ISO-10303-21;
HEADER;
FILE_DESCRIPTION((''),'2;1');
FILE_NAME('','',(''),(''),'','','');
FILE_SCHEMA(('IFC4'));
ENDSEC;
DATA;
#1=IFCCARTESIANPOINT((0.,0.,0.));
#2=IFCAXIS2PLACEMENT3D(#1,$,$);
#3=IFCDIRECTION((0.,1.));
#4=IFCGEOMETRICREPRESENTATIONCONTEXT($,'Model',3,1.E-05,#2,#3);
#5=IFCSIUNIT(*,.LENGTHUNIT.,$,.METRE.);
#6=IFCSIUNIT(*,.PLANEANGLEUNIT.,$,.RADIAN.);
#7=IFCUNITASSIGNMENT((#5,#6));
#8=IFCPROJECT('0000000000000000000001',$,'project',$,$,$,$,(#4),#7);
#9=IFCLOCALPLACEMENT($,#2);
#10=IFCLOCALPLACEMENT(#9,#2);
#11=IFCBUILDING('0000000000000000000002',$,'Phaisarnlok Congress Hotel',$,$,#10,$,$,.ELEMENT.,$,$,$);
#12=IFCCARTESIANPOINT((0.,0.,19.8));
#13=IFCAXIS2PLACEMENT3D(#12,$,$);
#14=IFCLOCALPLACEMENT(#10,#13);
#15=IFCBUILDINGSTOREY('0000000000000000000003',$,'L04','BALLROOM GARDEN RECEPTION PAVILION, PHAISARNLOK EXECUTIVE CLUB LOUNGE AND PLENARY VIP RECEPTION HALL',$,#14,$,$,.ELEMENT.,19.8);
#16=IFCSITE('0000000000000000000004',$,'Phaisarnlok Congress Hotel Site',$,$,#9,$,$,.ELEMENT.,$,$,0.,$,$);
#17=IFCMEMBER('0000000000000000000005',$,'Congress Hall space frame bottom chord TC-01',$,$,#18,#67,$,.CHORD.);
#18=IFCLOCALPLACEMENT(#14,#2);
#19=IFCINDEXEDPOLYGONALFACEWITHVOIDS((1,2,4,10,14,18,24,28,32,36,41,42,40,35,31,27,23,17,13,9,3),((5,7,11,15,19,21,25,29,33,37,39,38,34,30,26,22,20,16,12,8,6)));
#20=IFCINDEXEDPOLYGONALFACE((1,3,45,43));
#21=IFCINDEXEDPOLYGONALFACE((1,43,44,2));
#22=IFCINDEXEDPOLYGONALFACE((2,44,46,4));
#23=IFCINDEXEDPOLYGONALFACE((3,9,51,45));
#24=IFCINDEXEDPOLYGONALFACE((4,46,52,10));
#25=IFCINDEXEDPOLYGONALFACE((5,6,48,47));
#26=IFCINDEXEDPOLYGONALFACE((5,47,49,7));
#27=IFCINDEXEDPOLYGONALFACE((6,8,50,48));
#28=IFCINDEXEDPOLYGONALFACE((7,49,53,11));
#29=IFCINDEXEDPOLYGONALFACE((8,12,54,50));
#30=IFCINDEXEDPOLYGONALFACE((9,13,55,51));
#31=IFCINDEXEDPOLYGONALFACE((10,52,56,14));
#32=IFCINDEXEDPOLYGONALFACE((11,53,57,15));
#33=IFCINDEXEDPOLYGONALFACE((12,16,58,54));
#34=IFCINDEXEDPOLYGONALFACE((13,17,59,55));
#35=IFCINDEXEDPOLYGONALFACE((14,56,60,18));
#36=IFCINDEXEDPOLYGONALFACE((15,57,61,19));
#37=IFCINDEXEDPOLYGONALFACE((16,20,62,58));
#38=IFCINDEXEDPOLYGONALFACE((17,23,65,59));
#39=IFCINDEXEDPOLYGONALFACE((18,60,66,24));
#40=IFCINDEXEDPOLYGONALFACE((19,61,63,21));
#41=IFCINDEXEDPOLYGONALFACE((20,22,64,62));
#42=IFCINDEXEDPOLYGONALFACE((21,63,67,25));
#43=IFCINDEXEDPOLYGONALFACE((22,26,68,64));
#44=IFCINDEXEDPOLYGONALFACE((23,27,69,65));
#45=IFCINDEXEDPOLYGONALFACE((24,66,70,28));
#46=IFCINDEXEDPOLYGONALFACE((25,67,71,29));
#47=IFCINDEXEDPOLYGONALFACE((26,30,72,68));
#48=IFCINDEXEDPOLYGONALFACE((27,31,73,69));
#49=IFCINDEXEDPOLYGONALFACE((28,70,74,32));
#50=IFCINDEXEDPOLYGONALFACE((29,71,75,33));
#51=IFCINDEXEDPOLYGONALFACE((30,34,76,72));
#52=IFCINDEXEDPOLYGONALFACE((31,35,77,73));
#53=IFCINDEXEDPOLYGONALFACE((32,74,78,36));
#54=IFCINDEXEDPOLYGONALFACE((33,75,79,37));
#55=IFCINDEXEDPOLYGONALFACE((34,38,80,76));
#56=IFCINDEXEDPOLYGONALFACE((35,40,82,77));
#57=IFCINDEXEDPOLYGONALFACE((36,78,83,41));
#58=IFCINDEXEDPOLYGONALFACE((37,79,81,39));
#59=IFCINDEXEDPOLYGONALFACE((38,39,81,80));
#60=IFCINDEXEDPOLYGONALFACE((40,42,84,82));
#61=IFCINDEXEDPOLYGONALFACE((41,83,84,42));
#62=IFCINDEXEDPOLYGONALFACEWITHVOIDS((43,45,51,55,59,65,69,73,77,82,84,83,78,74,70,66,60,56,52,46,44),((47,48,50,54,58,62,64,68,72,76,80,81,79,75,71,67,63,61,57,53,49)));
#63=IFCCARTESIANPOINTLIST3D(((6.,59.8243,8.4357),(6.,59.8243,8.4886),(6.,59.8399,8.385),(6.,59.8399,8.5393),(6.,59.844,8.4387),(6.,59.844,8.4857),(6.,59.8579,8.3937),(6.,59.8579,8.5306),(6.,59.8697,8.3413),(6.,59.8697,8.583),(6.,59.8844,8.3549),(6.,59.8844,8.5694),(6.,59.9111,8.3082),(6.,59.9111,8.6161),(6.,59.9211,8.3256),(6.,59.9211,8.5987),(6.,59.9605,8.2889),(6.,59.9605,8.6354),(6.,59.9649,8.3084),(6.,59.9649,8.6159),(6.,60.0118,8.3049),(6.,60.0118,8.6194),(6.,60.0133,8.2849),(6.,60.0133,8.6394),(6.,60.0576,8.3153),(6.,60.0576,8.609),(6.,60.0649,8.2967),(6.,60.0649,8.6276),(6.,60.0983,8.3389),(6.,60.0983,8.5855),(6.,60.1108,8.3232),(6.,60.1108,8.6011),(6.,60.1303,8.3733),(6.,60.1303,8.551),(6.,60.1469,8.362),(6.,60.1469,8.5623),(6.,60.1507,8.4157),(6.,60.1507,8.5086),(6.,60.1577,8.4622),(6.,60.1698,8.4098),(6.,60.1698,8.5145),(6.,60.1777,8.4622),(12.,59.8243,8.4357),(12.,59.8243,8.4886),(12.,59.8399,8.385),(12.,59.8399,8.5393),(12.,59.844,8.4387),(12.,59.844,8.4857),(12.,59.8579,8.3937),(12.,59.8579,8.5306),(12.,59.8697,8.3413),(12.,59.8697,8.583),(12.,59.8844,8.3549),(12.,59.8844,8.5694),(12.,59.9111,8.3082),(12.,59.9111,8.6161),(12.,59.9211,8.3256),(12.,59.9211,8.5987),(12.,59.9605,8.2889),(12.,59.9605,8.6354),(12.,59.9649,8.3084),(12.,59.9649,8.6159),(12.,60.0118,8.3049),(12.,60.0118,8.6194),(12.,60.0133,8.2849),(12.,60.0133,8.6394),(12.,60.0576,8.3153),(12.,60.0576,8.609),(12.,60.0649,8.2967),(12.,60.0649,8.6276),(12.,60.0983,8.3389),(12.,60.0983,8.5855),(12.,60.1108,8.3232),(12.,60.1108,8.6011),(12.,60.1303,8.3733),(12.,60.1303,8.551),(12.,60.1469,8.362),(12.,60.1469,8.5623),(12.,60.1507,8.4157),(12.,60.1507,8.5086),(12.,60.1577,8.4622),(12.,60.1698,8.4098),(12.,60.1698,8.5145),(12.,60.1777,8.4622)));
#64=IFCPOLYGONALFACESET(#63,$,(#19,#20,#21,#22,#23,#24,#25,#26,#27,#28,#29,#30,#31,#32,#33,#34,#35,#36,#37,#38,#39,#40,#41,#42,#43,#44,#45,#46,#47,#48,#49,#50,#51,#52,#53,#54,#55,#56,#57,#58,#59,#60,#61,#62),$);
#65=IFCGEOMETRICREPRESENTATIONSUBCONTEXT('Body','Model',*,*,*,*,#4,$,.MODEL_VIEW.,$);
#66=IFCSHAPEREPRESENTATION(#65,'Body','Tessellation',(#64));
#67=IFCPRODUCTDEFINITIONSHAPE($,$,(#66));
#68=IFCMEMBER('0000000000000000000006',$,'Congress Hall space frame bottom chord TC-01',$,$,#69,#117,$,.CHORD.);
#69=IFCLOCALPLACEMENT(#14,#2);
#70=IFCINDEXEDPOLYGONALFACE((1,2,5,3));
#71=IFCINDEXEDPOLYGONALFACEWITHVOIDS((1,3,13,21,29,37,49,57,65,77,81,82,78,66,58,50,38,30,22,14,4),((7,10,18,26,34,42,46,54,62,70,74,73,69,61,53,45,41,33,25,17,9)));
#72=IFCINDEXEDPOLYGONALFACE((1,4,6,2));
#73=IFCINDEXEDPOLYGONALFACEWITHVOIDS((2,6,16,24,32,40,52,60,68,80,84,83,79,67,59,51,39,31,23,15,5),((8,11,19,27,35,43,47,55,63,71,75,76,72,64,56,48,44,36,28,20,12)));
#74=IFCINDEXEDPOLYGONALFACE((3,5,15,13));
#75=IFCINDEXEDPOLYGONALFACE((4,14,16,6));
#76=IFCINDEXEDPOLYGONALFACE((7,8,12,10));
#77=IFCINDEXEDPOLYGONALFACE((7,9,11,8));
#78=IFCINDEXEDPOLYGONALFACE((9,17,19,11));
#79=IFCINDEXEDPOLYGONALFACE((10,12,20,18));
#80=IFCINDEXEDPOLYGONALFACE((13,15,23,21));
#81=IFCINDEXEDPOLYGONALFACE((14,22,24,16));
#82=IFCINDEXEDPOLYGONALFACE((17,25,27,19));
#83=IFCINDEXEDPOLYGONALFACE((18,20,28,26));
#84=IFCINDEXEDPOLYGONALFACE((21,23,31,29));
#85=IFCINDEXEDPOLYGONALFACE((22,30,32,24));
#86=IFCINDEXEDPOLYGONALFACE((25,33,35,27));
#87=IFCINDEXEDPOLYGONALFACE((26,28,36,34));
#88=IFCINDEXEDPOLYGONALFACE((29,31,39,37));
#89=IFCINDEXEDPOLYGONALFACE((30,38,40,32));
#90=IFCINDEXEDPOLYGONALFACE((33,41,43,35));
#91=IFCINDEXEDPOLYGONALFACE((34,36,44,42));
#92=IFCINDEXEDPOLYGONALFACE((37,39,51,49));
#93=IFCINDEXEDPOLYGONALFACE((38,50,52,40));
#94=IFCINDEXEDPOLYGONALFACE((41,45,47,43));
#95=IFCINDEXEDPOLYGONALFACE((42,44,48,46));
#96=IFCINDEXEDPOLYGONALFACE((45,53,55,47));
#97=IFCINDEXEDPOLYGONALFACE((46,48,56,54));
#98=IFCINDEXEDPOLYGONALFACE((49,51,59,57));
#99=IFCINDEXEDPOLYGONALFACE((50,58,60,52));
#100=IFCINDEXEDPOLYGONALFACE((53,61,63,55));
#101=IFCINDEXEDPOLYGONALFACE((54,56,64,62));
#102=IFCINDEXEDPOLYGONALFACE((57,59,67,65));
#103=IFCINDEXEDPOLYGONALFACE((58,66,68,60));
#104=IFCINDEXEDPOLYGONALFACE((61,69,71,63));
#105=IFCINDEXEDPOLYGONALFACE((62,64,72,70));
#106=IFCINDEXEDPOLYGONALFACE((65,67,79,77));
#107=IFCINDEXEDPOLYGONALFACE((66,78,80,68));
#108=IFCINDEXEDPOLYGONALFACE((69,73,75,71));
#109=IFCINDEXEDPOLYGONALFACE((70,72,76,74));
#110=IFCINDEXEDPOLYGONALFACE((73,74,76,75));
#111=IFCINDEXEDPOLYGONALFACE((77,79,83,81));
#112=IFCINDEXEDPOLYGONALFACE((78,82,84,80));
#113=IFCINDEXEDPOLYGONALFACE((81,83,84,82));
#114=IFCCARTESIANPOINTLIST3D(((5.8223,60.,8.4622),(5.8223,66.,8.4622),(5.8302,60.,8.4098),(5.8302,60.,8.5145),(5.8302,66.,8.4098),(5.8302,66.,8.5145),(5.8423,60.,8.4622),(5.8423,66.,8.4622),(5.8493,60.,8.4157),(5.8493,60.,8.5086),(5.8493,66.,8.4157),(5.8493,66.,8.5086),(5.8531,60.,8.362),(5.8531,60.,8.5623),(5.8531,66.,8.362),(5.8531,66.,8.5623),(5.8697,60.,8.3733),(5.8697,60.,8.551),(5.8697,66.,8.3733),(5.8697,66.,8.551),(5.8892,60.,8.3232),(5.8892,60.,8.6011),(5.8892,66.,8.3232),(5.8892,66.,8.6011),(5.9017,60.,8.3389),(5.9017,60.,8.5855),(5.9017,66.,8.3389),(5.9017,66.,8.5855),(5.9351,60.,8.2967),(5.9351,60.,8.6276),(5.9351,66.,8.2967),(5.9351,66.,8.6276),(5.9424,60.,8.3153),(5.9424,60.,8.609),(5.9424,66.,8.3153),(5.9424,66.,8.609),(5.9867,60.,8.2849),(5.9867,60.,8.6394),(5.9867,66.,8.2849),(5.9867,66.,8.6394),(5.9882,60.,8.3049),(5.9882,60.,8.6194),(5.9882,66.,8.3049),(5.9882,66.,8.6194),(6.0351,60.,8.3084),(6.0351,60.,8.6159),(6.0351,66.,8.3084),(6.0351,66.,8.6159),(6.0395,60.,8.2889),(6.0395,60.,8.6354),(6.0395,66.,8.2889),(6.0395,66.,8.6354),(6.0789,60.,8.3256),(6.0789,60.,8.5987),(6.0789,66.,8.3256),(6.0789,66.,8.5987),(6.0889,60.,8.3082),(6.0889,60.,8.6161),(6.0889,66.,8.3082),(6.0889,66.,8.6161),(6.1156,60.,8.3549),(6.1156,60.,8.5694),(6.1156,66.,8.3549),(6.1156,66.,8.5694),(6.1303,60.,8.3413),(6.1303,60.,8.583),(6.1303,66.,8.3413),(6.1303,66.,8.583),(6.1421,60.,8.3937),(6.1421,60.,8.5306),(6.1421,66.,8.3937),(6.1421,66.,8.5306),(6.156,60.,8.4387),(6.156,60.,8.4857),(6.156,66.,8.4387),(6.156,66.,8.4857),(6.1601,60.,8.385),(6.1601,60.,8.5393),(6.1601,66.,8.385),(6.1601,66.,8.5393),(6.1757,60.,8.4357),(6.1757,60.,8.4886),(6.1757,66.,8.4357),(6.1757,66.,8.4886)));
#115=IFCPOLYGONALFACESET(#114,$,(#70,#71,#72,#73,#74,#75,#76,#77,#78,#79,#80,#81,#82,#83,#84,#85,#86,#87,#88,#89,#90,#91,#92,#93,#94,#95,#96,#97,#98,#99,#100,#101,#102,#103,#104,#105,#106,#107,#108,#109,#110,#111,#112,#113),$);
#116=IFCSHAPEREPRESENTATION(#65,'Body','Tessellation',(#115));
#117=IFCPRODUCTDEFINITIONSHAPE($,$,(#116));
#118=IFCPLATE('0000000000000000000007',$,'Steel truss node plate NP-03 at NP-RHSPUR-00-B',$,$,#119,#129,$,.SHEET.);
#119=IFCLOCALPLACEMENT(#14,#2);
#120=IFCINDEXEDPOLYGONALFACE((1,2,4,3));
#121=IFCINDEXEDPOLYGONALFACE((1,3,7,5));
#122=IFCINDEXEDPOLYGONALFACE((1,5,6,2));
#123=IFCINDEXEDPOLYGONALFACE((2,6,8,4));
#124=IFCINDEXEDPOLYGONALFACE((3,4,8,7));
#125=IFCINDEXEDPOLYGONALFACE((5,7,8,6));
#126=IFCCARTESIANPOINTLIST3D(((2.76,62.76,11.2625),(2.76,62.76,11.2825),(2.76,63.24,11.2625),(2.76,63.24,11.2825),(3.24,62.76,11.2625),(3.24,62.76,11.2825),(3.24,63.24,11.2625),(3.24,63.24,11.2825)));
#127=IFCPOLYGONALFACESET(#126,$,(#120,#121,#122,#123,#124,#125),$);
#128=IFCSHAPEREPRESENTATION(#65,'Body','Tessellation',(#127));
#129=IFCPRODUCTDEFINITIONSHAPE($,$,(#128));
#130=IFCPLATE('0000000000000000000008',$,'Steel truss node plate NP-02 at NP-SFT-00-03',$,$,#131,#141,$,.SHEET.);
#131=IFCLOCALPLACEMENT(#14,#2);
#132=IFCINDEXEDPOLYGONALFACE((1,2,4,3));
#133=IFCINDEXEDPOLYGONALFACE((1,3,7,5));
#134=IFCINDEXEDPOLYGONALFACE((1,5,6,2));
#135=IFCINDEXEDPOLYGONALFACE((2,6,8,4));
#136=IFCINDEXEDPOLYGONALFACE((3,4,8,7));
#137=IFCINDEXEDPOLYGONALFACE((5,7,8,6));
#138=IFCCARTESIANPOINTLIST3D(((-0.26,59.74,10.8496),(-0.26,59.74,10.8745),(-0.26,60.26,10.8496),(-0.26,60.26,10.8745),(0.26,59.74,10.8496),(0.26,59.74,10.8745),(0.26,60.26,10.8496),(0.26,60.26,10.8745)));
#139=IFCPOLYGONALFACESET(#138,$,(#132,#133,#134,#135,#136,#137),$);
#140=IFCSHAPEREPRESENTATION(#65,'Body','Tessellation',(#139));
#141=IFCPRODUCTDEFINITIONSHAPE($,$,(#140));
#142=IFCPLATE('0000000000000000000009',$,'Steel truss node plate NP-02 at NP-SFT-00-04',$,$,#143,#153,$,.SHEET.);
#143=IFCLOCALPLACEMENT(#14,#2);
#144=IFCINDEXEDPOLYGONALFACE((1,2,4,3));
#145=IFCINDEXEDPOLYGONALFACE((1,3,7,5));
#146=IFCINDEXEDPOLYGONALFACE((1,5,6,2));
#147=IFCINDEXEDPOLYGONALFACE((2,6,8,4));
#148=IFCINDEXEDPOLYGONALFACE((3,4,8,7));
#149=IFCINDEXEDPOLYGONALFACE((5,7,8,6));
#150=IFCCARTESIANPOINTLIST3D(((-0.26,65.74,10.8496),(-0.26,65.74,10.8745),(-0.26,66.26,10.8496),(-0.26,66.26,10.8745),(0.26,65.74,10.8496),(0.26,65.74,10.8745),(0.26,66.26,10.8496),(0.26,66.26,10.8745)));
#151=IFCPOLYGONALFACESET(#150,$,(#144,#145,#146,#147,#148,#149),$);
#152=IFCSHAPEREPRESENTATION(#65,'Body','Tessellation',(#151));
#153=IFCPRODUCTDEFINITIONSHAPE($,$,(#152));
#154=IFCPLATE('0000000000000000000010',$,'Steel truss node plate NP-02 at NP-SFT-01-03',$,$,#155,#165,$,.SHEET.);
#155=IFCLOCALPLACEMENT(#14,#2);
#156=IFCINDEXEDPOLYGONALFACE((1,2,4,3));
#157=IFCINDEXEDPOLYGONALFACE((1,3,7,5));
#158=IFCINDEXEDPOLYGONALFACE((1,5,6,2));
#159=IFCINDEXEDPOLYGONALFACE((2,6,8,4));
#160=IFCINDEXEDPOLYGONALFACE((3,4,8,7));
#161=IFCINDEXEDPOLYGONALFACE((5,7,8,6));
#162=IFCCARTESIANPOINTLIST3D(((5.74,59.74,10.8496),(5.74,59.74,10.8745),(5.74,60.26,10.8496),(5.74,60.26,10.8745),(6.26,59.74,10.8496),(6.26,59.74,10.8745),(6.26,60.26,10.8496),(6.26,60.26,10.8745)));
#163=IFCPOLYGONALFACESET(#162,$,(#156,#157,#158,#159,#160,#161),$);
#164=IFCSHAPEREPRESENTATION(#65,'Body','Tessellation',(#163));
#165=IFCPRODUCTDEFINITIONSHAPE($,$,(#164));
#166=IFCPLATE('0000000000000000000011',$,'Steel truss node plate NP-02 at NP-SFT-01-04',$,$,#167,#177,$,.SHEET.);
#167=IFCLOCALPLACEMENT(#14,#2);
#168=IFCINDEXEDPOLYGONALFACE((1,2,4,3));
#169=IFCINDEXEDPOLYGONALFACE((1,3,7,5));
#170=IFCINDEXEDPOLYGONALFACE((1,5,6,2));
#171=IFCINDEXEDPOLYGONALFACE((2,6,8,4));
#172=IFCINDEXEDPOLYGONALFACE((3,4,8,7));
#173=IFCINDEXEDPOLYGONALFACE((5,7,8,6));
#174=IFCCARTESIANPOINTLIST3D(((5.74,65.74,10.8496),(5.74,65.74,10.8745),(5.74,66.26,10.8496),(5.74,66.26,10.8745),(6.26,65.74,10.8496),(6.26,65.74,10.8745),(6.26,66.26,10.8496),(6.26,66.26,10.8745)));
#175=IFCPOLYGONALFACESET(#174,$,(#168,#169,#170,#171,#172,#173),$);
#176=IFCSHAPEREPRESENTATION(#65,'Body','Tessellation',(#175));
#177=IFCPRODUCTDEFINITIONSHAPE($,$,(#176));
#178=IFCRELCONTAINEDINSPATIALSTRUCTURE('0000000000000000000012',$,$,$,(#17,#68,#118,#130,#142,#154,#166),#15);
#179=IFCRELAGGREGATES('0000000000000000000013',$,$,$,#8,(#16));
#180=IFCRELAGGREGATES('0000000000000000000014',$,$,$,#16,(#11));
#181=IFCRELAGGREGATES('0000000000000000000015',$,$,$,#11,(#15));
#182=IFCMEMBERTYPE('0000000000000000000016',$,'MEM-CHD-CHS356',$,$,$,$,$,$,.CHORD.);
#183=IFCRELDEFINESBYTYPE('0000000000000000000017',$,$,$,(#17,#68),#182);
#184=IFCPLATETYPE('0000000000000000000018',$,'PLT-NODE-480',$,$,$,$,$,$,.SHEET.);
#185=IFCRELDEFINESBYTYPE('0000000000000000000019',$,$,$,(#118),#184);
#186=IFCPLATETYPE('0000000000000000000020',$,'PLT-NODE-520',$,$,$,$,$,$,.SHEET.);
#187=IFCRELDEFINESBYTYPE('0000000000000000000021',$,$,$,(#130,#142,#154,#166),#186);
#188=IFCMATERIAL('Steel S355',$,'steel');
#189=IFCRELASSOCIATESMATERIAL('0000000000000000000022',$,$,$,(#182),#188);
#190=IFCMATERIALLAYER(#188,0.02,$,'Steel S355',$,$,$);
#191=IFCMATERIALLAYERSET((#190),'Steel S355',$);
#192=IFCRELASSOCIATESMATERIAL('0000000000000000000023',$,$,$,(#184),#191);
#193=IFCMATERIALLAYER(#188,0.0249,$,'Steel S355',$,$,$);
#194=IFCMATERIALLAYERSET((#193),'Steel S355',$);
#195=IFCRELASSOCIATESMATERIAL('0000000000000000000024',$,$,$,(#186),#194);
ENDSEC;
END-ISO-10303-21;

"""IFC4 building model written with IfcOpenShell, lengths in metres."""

from ifc_helpers import new_model, si_unit, direction, frame, origin, origin_2d, place, context, subcontext, project, spatial, rectangle, hollow_circle, extrude, material, layer, layer_set, material_profile, profile_set, type_object, element, save


model = new_model("IFC4")

# Units and contexts
model_context = context("Model", 3, precision=1e-05, world=origin(), true_north=direction((0.0, 1.0)))
body_context = subcontext(model_context, "Body", "Model", "MODEL_VIEW")
ifc_project = project(units=[si_unit("LENGTHUNIT", "METRE"), si_unit("PLANEANGLEUNIT", "RADIAN")], contexts=[model_context])

# Site, building, storey
site_placement = place(None, origin())
site = spatial("IfcSite", under=ifc_project, at=site_placement, Name="Phaisarnlok Congress Hotel Site", CompositionType="ELEMENT", RefElevation=0.0)
building_placement = place(site_placement, origin())
building = spatial("IfcBuilding", under=site, at=building_placement, Name="Phaisarnlok Congress Hotel", CompositionType="ELEMENT")
storey_placement = place(building_placement, frame((0.0, 0.0, 19.8)))
storey = spatial("IfcBuildingStorey", under=building, at=storey_placement, Name="L04", Description="BALLROOM GARDEN RECEPTION PAVILION, PHAISARNLOK EXECUTIVE CLUB LOUNGE AND PLENARY VIP RECEPTION HALL", CompositionType="ELEMENT", Elevation=19.8)

# Members
ifc_material = material(Name="Steel S355", Category="steel")
ifc_material_profile_1 = material_profile(ifc_material, hollow_circle(Radius=0.1777, WallThickness=0.02, at=origin_2d()), Name="CHS 355.6x20")
ifc_profile_set_1 = profile_set([ifc_material_profile_1], Name="Steel S355")
member_type_1 = type_object("IfcMemberType", Name="MEM-CHD-CHS356", PredefinedType="CHORD", material=ifc_profile_set_1)
for number, where, z_axis, x_axis, name in (
    (1, (6.0, 60.0, 8.4622), (1.0, 0.0, 0.0), (0.0, 1.0, 0.0), "Congress Hall space frame bottom chord TC-01"),
    (2, (6.0, 60.0, 8.4622), (0.0, 1.0, 0.0), (-1.0, 0.0, 0.0), "Congress Hall space frame bottom chord TC-01"),
):
    element("IfcMember", number, at=place(storey_placement, frame(where, z_axis=z_axis, x_axis=x_axis)), inside=storey, type_object=member_type_1, Name=name, PredefinedType="CHORD", context=body_context, shape_type="SweptSolid", body=[
        extrude(hollow_circle(Radius=0.1777, WallThickness=0.02, at=origin_2d()), origin(), (0.0, 0.0, 1.0), 6.0),
    ])

# Plates
ifc_layer_1 = layer(ifc_material, 0.02, Name="Steel S355")
ifc_layer_set_1 = layer_set([ifc_layer_1], Name="Steel S355")
plate_type_1 = type_object("IfcPlateType", Name="PLT-NODE-480", PredefinedType="SHEET", material=ifc_layer_set_1)
plate_placement = place(storey_placement, frame((3.0, 63.0, 11.2625), z_axis=(0.0, 0.0, 1.0), x_axis=(1.0, 0.0, 0.0)))
element("IfcPlate", 3, at=plate_placement, inside=storey, type_object=plate_type_1, Name="Steel truss node plate NP-03 at NP-RHSPUR-00-B", PredefinedType="SHEET", context=body_context, shape_type="SweptSolid", body=[
    extrude(rectangle(XDim=0.48, YDim=0.48, at=origin_2d()), origin(), (0.0, 0.0, 1.0), 0.02),
])
ifc_layer_2 = layer(ifc_material, 0.0249, Name="Steel S355")
ifc_layer_set_2 = layer_set([ifc_layer_2], Name="Steel S355")
plate_type_2 = type_object("IfcPlateType", Name="PLT-NODE-520", PredefinedType="SHEET", material=ifc_layer_set_2)
for number, where, z_axis, x_axis, name in (
    (4, (0.0, 60.0, 10.8496), (0.0, 0.0, 1.0), (1.0, 0.0, 0.0), "Steel truss node plate NP-02 at NP-SFT-00-03"),
    (5, (0.0, 66.0, 10.8496), (0.0, 0.0, 1.0), (1.0, 0.0, 0.0), "Steel truss node plate NP-02 at NP-SFT-00-04"),
    (6, (6.0, 60.0, 10.8496), (0.0, 0.0, 1.0), (1.0, 0.0, 0.0), "Steel truss node plate NP-02 at NP-SFT-01-03"),
    (7, (6.0, 66.0, 10.8496), (0.0, 0.0, 1.0), (1.0, 0.0, 0.0), "Steel truss node plate NP-02 at NP-SFT-01-04"),
):
    element("IfcPlate", number, at=place(storey_placement, frame(where, z_axis=z_axis, x_axis=x_axis)), inside=storey, type_object=plate_type_2, Name=name, PredefinedType="SHEET", context=body_context, shape_type="SweptSolid", body=[
        extrude(rectangle(XDim=0.52, YDim=0.52, at=origin_2d()), origin(), (0.0, 0.0, 1.0), 0.0249),
    ])

save(model, "model.ifc")
